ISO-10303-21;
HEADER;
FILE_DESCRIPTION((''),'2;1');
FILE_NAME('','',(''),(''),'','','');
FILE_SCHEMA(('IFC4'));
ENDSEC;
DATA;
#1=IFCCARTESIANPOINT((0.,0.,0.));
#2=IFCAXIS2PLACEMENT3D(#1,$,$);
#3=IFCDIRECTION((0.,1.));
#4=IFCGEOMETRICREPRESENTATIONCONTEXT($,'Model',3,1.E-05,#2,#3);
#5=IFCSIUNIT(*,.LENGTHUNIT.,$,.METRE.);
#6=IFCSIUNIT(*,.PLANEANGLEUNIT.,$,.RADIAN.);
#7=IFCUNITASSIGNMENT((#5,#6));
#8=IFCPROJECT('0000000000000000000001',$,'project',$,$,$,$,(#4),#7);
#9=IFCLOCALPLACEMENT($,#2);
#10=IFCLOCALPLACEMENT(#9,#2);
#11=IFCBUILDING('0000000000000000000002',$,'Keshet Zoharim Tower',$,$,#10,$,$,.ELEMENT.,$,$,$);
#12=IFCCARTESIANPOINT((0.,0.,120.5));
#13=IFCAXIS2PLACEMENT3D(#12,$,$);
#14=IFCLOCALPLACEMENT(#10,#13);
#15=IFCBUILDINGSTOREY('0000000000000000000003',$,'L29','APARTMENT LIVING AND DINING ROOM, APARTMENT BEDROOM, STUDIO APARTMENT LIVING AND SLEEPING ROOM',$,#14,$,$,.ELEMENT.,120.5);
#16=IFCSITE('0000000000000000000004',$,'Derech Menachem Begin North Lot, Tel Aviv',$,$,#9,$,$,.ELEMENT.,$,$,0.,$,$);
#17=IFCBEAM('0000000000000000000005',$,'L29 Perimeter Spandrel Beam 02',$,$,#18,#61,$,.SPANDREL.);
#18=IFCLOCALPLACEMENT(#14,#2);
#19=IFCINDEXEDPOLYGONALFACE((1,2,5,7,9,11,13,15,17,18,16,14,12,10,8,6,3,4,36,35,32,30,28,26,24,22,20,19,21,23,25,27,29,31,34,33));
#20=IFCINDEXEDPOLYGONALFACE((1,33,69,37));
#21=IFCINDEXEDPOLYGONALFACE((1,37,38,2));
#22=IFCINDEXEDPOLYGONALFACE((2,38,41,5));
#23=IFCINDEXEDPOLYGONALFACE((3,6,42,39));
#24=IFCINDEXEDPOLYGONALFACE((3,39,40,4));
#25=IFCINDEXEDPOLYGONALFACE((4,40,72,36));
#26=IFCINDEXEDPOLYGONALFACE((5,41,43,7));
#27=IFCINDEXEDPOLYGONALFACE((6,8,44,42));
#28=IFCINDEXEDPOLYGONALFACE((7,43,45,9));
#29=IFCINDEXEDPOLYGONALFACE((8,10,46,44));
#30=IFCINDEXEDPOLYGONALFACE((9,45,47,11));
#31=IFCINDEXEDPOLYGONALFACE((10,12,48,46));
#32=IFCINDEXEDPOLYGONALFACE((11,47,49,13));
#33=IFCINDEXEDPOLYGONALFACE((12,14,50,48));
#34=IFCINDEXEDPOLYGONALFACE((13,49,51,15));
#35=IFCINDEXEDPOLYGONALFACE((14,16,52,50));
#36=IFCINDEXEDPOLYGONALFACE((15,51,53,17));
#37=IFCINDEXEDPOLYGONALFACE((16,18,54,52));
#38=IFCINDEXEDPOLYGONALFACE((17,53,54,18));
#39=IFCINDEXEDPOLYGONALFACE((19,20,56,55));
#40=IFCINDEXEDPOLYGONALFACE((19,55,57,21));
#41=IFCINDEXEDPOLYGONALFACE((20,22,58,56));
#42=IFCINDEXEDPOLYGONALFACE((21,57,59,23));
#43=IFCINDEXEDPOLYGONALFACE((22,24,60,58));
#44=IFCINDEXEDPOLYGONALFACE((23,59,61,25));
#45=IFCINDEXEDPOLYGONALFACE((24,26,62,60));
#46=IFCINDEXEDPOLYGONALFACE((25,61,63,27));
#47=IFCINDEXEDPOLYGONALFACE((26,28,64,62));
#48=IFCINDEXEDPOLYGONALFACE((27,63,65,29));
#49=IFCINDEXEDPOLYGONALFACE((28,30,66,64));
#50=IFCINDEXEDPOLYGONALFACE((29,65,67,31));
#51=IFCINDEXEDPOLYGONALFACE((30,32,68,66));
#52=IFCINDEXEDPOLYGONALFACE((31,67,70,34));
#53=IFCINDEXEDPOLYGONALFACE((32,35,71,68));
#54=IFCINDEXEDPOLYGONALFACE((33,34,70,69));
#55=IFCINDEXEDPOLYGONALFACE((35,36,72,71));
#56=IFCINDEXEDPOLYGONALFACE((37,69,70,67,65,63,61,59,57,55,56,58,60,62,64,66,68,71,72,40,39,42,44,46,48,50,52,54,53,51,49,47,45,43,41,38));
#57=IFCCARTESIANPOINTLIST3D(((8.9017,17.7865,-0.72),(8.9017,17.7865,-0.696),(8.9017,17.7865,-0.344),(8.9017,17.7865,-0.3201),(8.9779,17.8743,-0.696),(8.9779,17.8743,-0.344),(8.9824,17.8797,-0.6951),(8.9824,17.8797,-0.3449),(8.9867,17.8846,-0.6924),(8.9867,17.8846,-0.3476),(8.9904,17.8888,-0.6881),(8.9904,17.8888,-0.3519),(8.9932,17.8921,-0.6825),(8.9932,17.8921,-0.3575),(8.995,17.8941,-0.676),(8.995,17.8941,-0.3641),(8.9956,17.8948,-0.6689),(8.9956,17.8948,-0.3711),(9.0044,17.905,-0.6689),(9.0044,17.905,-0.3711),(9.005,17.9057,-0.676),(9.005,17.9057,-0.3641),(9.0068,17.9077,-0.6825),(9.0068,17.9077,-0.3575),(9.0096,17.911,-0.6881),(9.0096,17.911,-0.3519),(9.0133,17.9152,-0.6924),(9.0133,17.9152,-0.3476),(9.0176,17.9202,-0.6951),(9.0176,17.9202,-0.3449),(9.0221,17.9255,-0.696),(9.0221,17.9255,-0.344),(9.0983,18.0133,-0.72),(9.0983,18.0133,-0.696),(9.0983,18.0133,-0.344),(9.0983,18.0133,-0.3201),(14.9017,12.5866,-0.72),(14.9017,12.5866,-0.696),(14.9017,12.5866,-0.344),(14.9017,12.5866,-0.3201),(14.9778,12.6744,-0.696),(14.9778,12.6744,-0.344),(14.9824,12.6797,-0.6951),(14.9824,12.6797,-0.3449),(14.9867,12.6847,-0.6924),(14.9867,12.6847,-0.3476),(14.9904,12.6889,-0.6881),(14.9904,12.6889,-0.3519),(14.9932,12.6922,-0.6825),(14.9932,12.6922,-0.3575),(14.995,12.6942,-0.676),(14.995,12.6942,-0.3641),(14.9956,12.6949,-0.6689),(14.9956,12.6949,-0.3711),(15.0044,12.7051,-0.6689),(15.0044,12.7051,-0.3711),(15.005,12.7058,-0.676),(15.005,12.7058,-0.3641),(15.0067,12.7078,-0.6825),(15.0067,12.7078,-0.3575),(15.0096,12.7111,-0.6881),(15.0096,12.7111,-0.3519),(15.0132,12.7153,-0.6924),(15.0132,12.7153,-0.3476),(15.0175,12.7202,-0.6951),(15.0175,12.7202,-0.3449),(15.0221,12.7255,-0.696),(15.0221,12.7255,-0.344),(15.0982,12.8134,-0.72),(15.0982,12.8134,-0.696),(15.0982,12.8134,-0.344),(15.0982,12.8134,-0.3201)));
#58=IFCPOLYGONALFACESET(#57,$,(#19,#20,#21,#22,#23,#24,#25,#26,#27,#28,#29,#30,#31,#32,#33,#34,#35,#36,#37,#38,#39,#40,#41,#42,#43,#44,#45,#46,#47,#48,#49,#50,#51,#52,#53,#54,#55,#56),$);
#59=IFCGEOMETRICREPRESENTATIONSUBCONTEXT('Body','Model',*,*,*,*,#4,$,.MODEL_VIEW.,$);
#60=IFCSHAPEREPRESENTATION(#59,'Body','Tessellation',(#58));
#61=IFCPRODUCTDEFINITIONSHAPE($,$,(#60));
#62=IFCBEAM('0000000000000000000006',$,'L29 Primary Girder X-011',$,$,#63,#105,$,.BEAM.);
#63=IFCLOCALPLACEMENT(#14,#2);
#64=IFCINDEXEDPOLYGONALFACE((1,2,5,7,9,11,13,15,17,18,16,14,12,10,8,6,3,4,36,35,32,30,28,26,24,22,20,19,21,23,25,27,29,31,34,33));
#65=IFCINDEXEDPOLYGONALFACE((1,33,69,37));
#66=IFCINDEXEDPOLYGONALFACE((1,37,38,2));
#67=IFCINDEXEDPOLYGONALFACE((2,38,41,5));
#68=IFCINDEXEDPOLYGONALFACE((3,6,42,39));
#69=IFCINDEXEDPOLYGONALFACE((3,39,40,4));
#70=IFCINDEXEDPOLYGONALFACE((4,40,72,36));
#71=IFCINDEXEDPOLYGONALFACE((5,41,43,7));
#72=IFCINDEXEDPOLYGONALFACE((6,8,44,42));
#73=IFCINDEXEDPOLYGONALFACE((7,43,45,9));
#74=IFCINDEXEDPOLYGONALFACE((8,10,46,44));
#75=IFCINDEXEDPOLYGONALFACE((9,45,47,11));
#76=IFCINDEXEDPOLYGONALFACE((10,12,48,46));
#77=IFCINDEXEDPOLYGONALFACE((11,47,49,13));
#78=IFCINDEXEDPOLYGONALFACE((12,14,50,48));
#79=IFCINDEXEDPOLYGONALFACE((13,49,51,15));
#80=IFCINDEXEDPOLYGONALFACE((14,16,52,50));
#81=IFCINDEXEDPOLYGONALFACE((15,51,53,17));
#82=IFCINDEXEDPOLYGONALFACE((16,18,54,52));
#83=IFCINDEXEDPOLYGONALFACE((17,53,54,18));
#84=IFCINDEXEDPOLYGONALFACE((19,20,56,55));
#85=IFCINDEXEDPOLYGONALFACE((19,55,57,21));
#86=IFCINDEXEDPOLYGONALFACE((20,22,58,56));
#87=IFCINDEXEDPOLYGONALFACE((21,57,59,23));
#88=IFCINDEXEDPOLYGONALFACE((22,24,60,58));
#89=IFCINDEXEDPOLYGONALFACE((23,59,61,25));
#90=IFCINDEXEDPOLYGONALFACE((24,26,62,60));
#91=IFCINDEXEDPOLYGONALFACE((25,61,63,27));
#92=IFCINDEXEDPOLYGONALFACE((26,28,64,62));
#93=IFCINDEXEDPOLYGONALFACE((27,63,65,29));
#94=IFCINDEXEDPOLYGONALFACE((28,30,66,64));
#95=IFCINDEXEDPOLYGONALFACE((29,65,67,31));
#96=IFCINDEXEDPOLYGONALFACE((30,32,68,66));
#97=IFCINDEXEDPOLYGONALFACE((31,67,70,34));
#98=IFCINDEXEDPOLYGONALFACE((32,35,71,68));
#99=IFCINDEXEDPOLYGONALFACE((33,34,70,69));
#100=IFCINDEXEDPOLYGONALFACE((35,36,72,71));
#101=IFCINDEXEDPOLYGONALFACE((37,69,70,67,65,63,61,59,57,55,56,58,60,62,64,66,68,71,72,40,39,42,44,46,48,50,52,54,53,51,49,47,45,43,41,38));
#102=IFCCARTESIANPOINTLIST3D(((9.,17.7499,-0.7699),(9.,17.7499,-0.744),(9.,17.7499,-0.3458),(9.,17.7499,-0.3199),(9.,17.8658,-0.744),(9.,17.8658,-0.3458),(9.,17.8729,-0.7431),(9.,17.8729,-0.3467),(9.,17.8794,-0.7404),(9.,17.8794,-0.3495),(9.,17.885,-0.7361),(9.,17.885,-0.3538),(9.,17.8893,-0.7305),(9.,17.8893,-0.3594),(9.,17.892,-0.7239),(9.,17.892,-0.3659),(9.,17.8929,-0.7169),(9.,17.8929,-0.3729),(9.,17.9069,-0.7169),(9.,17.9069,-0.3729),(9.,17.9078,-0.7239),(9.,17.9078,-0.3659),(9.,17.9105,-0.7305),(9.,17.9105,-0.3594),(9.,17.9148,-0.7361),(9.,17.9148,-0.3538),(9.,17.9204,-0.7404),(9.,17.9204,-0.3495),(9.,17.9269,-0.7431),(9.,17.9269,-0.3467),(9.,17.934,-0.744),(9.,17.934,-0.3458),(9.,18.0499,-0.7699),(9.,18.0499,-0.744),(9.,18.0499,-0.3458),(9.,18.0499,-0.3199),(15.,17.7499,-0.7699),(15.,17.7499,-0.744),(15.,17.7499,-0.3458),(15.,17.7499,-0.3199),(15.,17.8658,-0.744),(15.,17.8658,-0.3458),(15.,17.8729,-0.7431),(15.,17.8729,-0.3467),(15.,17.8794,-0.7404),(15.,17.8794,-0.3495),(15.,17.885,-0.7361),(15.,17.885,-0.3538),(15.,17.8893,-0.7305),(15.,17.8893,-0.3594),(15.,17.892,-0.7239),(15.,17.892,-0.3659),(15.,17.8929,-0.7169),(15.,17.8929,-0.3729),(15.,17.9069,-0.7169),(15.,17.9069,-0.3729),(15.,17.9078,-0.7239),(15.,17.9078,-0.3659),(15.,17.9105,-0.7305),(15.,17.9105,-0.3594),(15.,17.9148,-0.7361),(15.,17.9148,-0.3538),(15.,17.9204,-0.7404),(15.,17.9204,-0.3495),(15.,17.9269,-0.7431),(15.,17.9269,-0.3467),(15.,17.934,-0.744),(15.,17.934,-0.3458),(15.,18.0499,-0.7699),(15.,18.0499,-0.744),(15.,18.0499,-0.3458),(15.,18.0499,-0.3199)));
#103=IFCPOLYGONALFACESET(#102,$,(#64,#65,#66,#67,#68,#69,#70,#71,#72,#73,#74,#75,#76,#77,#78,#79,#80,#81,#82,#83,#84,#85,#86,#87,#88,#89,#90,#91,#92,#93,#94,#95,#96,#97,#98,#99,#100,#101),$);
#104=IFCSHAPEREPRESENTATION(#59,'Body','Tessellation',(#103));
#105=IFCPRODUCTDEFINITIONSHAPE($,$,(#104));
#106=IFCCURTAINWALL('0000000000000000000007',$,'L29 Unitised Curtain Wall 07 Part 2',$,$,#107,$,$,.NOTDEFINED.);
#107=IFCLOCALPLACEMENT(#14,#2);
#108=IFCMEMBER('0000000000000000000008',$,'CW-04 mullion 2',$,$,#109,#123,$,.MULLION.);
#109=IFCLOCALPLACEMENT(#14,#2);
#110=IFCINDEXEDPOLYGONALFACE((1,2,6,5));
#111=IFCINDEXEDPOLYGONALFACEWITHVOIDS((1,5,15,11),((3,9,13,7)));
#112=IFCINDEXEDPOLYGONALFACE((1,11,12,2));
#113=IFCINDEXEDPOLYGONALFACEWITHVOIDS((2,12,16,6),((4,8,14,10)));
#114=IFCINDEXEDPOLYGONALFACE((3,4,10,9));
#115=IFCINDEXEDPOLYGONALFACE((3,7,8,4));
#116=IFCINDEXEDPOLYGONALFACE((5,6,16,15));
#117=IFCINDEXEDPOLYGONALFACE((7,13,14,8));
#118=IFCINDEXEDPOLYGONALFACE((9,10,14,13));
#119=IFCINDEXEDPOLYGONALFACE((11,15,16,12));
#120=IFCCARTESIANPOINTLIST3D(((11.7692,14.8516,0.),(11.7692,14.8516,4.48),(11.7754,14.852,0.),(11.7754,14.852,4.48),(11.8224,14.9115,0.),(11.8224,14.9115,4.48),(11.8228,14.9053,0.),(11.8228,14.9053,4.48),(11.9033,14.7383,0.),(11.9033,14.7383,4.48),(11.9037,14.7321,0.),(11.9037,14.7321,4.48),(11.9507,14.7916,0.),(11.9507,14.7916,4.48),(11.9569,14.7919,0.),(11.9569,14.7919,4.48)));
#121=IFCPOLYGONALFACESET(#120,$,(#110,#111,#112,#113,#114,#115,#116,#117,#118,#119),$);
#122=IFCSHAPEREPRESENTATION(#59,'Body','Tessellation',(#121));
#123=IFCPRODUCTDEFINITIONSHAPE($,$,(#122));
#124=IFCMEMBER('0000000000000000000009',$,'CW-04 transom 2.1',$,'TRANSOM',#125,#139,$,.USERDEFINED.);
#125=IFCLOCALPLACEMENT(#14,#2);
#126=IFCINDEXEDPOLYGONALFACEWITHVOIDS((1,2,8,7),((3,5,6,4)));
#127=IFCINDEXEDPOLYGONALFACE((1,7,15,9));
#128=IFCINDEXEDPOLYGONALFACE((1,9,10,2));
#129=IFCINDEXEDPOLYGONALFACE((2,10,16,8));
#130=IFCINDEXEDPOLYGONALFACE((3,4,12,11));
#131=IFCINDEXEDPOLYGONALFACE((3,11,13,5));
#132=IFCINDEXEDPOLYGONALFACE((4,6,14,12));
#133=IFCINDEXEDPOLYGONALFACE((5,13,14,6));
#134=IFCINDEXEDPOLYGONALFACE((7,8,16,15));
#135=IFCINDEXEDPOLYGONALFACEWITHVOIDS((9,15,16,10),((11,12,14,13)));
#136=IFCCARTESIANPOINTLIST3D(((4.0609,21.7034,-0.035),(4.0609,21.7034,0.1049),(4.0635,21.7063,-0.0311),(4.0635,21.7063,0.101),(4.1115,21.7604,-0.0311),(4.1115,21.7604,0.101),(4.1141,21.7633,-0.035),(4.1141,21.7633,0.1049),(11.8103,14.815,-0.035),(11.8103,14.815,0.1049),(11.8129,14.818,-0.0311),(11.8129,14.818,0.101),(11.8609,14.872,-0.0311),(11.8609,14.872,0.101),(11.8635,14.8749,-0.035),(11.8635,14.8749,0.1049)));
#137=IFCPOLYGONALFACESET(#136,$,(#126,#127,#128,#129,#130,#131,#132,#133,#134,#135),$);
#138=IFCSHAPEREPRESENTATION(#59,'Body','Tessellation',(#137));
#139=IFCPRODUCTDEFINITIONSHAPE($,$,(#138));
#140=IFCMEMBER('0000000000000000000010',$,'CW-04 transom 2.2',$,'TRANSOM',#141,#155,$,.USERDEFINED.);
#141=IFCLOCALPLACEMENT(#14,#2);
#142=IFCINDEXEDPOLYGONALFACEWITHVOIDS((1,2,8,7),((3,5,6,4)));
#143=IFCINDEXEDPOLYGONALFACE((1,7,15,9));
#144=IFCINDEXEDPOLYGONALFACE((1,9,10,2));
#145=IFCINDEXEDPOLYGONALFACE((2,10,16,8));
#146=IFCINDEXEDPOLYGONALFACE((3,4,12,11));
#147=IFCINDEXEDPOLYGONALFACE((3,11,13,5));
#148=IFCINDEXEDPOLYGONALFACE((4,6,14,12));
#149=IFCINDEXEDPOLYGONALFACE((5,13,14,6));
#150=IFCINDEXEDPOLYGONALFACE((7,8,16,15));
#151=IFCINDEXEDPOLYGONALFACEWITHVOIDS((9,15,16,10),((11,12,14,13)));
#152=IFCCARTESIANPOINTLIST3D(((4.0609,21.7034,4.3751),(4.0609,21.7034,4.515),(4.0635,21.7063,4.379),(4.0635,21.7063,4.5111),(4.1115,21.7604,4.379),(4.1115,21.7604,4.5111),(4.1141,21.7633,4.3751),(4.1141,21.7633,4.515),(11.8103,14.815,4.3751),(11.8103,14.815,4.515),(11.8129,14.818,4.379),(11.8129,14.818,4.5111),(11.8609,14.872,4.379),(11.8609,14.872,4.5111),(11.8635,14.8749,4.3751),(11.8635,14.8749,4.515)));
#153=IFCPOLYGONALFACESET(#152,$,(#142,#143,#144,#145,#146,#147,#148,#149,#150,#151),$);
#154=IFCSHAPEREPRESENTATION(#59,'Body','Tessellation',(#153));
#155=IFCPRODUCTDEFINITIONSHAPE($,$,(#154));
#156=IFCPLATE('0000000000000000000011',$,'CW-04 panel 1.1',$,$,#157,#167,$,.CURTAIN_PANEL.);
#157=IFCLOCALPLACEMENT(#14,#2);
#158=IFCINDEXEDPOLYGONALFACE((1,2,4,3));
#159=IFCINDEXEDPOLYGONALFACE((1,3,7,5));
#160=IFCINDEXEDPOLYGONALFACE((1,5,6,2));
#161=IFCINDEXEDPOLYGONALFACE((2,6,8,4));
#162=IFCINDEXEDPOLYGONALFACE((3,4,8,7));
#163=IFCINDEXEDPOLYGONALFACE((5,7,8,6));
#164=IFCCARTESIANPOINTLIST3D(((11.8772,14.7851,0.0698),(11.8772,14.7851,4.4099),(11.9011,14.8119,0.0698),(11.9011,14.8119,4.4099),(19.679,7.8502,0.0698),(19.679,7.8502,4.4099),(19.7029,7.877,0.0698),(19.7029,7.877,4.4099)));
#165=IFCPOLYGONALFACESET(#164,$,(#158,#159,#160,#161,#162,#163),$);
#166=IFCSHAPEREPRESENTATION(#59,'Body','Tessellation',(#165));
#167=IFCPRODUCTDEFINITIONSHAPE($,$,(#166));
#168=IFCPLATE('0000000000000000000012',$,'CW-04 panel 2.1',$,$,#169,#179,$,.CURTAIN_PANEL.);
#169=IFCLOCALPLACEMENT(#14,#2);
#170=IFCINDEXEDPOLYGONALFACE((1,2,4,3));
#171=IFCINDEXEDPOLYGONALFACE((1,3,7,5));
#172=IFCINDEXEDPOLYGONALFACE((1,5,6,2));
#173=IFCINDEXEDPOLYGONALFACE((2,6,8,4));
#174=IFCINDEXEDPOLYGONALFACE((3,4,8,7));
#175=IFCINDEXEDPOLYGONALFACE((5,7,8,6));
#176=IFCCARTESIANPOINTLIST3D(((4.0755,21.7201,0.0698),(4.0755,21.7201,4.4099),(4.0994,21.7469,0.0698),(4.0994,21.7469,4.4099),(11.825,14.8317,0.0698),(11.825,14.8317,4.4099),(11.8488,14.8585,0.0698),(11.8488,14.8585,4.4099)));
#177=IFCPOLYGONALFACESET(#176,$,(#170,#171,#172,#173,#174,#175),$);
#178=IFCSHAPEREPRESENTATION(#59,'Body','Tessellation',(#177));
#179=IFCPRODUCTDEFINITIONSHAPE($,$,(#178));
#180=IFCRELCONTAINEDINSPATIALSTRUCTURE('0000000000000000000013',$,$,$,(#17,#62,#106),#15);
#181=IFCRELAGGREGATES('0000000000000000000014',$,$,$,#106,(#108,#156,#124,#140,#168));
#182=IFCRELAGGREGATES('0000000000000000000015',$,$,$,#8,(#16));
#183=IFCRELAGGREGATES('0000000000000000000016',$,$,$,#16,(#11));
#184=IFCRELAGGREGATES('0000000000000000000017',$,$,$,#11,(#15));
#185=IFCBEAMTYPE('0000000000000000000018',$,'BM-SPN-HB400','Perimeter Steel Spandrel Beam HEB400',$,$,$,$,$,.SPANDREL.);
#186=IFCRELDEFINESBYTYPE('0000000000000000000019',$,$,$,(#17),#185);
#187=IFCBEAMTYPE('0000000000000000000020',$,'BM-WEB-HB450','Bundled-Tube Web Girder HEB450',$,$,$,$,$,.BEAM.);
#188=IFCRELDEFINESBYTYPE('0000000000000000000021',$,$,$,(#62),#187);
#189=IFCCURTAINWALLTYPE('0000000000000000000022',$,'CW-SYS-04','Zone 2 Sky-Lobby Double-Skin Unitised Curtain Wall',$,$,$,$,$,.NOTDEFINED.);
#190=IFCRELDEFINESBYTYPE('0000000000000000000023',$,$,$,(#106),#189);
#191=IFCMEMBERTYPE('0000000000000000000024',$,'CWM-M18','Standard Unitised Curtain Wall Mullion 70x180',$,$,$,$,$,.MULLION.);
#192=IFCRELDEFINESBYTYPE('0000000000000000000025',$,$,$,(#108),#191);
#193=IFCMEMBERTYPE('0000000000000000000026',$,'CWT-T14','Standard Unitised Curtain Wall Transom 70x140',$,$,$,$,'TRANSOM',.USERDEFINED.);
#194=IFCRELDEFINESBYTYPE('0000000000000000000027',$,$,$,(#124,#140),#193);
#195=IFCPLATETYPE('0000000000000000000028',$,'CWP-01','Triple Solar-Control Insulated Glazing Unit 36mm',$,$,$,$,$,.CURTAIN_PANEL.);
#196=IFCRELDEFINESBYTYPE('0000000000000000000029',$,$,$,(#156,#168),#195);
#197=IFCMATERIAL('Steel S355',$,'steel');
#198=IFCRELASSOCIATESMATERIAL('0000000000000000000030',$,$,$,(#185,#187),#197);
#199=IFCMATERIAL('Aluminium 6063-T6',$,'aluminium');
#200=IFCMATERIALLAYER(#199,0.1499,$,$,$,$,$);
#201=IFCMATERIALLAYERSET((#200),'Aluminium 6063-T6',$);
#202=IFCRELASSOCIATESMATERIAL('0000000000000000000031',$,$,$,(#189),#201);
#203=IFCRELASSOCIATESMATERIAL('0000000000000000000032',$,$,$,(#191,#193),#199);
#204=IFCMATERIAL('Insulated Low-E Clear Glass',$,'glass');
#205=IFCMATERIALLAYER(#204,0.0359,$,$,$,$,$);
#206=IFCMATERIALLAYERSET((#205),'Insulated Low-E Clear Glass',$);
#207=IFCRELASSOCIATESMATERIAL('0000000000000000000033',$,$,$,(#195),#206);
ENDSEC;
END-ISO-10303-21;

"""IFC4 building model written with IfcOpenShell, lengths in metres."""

from ifc_helpers import new_model, si_unit, direction, frame, origin, origin_2d, place, context, subcontext, project, spatial, rectangle, hollow_rectangle, i_section, extrude, material, layer, layer_set, material_profile, profile_set, type_object, element, aggregate, save


model = new_model("IFC4")

# Units and contexts
model_context = context("Model", 3, precision=1e-05, world=origin(), true_north=direction((0.0, 1.0)))
body_context = subcontext(model_context, "Body", "Model", "MODEL_VIEW")
ifc_project = project(units=[si_unit("LENGTHUNIT", "METRE"), si_unit("PLANEANGLEUNIT", "RADIAN")], contexts=[model_context])

# Site, building, storey
site_placement = place(None, origin())
site = spatial("IfcSite", under=ifc_project, at=site_placement, Name="Derech Menachem Begin North Lot, Tel Aviv", CompositionType="ELEMENT", RefElevation=0.0)
building_placement = place(site_placement, origin())
building = spatial("IfcBuilding", under=site, at=building_placement, Name="Keshet Zoharim Tower", CompositionType="ELEMENT")
storey_placement = place(building_placement, frame((0.0, 0.0, 120.5)))
storey = spatial("IfcBuildingStorey", under=building, at=storey_placement, Name="L29", Description="APARTMENT LIVING AND DINING ROOM, APARTMENT BEDROOM, STUDIO APARTMENT LIVING AND SLEEPING ROOM", CompositionType="ELEMENT", Elevation=120.5)

# Shared definitions
ifc_material_1 = material(Name="Steel S355", Category="steel")

# Beams
ifc_material_profile_1 = material_profile(ifc_material_1, i_section(OverallWidth=0.3, OverallDepth=0.3999, WebThickness=0.0134, FlangeThickness=0.0239, FilletRadius=0.0271, at=origin_2d()), Name="HEB400")
ifc_profile_set_1 = profile_set([ifc_material_profile_1], Name="Steel S355")
beam_type_1 = type_object("IfcBeamType", Name="BM-SPN-HB400", Description="Perimeter Steel Spandrel Beam HEB400", PredefinedType="SPANDREL", material=ifc_profile_set_1)
beam_1_placement = place(storey_placement, frame((9.0, 17.8999, -0.52), z_axis=(0.755692, -0.654927, 0.0), x_axis=(0.654927, 0.755692, 0.0)))
element("IfcBeam", 1, at=beam_1_placement, inside=storey, type_object=beam_type_1, Name="L29 Perimeter Spandrel Beam 02", PredefinedType="SPANDREL", context=body_context, shape_type="SweptSolid", body=[
    extrude(i_section(OverallWidth=0.3, OverallDepth=0.3999, WebThickness=0.0134, FlangeThickness=0.0239, FilletRadius=0.0271, at=origin_2d()), origin(), (0.0, 0.0, 1.0), 7.9397),
])
ifc_material_profile_2 = material_profile(ifc_material_1, i_section(OverallWidth=0.3, OverallDepth=0.45, WebThickness=0.0139, FlangeThickness=0.0259, FilletRadius=0.0271, at=origin_2d()), Name="HEB450")
ifc_profile_set_2 = profile_set([ifc_material_profile_2], Name="Steel S355")
beam_type_2 = type_object("IfcBeamType", Name="BM-WEB-HB450", Description="Bundled-Tube Web Girder HEB450", PredefinedType="BEAM", material=ifc_profile_set_2)
beam_2_placement = place(storey_placement, frame((9.0, 17.8999, -0.5449), z_axis=(1.0, 0.0, 0.0), x_axis=(0.0, 1.0, 0.0)))
element("IfcBeam", 2, at=beam_2_placement, inside=storey, type_object=beam_type_2, Name="L29 Primary Girder X-011", PredefinedType="BEAM", context=body_context, shape_type="SweptSolid", body=[
    extrude(i_section(OverallWidth=0.3, OverallDepth=0.45, WebThickness=0.0139, FlangeThickness=0.0259, FilletRadius=0.0271, at=origin_2d()), origin(), (0.0, 0.0, 1.0), 6.0),
])

# Curtain wall, members, plates
ifc_material_2 = material(Name="Aluminium 6063-T6", Category="aluminium")
ifc_layer_1 = layer(ifc_material_2, 0.1499)
ifc_layer_set_1 = layer_set([ifc_layer_1], Name="Aluminium 6063-T6")
curtain_wall_type = type_object("IfcCurtainWallType", Name="CW-SYS-04", Description="Zone 2 Sky-Lobby Double-Skin Unitised Curtain Wall", PredefinedType="NOTDEFINED", material=ifc_layer_set_1)
curtain_wall_placement = place(storey_placement, origin())
curtain_wall = element("IfcCurtainWall", 3, at=curtain_wall_placement, inside=storey, type_object=curtain_wall_type, Name="L29 Unitised Curtain Wall 07 Part 2", PredefinedType="NOTDEFINED")
ifc_material_profile_3 = material_profile(ifc_material_2, hollow_rectangle(XDim=0.0801, YDim=0.1799, WallThickness=0.0044, at=origin_2d()), Name="MUL-80x180")
ifc_profile_set_3 = profile_set([ifc_material_profile_3], Name="Aluminium 6063-T6")
member_type_1 = type_object("IfcMemberType", Name="CWM-M18", Description="Standard Unitised Curtain Wall Mullion 70x180", PredefinedType="MULLION", material=ifc_profile_set_3)
member_1_placement = place(storey_placement, frame((11.863, 14.8218, 0.0), z_axis=(0.0, 0.0, 1.0), x_axis=(-0.664365, -0.747408, 0.0)))
member_1 = element("IfcMember", 4, at=member_1_placement, type_object=member_type_1, Name="CW-04 mullion 2", PredefinedType="MULLION", context=body_context, shape_type="SweptSolid", body=[
    extrude(hollow_rectangle(XDim=0.0801, YDim=0.1799, WallThickness=0.0044, at=origin_2d()), origin(), (0.0, 0.0, 1.0), 4.48),
])
ifc_material_profile_4 = material_profile(ifc_material_2, hollow_rectangle(XDim=0.0801, YDim=0.1399, WallThickness=0.0039, at=origin_2d()), Name="TRN-80x140")
ifc_profile_set_4 = profile_set([ifc_material_profile_4], Name="Aluminium 6063-T6")
member_type_2 = type_object("IfcMemberType", Name="CWT-T14", Description="Standard Unitised Curtain Wall Transom 70x140", ElementType="TRANSOM", PredefinedType="USERDEFINED", material=ifc_profile_set_4)
member_2_placement = place(storey_placement, frame((11.8369, 14.845, 0.0349), z_axis=(-0.747411, 0.664362, 0.0), x_axis=(-0.664362, -0.747411, 0.0)))
member_2 = element("IfcMember", 5, at=member_2_placement, type_object=member_type_2, Name="CW-04 transom 2.1", ObjectType="TRANSOM", PredefinedType="USERDEFINED", context=body_context, shape_type="SweptSolid", body=[
    extrude(hollow_rectangle(XDim=0.0801, YDim=0.1399, WallThickness=0.0039, at=origin_2d()), origin(), (0.0, 0.0, 1.0), 10.3684),
])
member_3_placement = place(storey_placement, frame((11.8369, 14.845, 4.4451), z_axis=(-0.747411, 0.664362, 0.0), x_axis=(-0.664362, -0.747411, 0.0)))
member_3 = element("IfcMember", 6, at=member_3_placement, type_object=member_type_2, Name="CW-04 transom 2.2", ObjectType="TRANSOM", PredefinedType="USERDEFINED", context=body_context, shape_type="SweptSolid", body=[
    extrude(hollow_rectangle(XDim=0.0801, YDim=0.1399, WallThickness=0.0039, at=origin_2d()), origin(), (0.0, 0.0, 1.0), 10.3684),
])
ifc_material_3 = material(Name="Insulated Low-E Clear Glass", Category="glass")
ifc_layer_2 = layer(ifc_material_3, 0.0359)
ifc_layer_set_2 = layer_set([ifc_layer_2], Name="Insulated Low-E Clear Glass")
plate_type = type_object("IfcPlateType", Name="CWP-01", Description="Triple Solar-Control Insulated Glazing Unit 36mm", PredefinedType="CURTAIN_PANEL", material=ifc_layer_set_2)
plate_1_placement = place(storey_placement, frame((15.79, 11.3311, 0.0698), z_axis=(0.0, 0.0, 1.0), x_axis=(-0.747408, 0.664365, 0.0)))
plate_1 = element("IfcPlate", 7, at=plate_1_placement, type_object=plate_type, Name="CW-04 panel 1.1", PredefinedType="CURTAIN_PANEL", context=body_context, shape_type="SweptSolid", body=[
    extrude(rectangle(XDim=10.4385, YDim=0.0359, at=origin_2d()), origin(), (0.0, 0.0, 1.0), 4.3401),
])
plate_2_placement = place(storey_placement, frame((7.9622, 18.2893, 0.0698), z_axis=(0.0, 0.0, 1.0), x_axis=(-0.747408, 0.664365, 0.0)))
plate_2 = element("IfcPlate", 8, at=plate_2_placement, type_object=plate_type, Name="CW-04 panel 2.1", PredefinedType="CURTAIN_PANEL", context=body_context, shape_type="SweptSolid", body=[
    extrude(rectangle(XDim=10.3684, YDim=0.0359, at=origin_2d()), origin(), (0.0, 0.0, 1.0), 4.3401),
])
aggregate(curtain_wall, [member_1, plate_1, member_2, member_3, plate_2])

save(model, "model.ifc")
